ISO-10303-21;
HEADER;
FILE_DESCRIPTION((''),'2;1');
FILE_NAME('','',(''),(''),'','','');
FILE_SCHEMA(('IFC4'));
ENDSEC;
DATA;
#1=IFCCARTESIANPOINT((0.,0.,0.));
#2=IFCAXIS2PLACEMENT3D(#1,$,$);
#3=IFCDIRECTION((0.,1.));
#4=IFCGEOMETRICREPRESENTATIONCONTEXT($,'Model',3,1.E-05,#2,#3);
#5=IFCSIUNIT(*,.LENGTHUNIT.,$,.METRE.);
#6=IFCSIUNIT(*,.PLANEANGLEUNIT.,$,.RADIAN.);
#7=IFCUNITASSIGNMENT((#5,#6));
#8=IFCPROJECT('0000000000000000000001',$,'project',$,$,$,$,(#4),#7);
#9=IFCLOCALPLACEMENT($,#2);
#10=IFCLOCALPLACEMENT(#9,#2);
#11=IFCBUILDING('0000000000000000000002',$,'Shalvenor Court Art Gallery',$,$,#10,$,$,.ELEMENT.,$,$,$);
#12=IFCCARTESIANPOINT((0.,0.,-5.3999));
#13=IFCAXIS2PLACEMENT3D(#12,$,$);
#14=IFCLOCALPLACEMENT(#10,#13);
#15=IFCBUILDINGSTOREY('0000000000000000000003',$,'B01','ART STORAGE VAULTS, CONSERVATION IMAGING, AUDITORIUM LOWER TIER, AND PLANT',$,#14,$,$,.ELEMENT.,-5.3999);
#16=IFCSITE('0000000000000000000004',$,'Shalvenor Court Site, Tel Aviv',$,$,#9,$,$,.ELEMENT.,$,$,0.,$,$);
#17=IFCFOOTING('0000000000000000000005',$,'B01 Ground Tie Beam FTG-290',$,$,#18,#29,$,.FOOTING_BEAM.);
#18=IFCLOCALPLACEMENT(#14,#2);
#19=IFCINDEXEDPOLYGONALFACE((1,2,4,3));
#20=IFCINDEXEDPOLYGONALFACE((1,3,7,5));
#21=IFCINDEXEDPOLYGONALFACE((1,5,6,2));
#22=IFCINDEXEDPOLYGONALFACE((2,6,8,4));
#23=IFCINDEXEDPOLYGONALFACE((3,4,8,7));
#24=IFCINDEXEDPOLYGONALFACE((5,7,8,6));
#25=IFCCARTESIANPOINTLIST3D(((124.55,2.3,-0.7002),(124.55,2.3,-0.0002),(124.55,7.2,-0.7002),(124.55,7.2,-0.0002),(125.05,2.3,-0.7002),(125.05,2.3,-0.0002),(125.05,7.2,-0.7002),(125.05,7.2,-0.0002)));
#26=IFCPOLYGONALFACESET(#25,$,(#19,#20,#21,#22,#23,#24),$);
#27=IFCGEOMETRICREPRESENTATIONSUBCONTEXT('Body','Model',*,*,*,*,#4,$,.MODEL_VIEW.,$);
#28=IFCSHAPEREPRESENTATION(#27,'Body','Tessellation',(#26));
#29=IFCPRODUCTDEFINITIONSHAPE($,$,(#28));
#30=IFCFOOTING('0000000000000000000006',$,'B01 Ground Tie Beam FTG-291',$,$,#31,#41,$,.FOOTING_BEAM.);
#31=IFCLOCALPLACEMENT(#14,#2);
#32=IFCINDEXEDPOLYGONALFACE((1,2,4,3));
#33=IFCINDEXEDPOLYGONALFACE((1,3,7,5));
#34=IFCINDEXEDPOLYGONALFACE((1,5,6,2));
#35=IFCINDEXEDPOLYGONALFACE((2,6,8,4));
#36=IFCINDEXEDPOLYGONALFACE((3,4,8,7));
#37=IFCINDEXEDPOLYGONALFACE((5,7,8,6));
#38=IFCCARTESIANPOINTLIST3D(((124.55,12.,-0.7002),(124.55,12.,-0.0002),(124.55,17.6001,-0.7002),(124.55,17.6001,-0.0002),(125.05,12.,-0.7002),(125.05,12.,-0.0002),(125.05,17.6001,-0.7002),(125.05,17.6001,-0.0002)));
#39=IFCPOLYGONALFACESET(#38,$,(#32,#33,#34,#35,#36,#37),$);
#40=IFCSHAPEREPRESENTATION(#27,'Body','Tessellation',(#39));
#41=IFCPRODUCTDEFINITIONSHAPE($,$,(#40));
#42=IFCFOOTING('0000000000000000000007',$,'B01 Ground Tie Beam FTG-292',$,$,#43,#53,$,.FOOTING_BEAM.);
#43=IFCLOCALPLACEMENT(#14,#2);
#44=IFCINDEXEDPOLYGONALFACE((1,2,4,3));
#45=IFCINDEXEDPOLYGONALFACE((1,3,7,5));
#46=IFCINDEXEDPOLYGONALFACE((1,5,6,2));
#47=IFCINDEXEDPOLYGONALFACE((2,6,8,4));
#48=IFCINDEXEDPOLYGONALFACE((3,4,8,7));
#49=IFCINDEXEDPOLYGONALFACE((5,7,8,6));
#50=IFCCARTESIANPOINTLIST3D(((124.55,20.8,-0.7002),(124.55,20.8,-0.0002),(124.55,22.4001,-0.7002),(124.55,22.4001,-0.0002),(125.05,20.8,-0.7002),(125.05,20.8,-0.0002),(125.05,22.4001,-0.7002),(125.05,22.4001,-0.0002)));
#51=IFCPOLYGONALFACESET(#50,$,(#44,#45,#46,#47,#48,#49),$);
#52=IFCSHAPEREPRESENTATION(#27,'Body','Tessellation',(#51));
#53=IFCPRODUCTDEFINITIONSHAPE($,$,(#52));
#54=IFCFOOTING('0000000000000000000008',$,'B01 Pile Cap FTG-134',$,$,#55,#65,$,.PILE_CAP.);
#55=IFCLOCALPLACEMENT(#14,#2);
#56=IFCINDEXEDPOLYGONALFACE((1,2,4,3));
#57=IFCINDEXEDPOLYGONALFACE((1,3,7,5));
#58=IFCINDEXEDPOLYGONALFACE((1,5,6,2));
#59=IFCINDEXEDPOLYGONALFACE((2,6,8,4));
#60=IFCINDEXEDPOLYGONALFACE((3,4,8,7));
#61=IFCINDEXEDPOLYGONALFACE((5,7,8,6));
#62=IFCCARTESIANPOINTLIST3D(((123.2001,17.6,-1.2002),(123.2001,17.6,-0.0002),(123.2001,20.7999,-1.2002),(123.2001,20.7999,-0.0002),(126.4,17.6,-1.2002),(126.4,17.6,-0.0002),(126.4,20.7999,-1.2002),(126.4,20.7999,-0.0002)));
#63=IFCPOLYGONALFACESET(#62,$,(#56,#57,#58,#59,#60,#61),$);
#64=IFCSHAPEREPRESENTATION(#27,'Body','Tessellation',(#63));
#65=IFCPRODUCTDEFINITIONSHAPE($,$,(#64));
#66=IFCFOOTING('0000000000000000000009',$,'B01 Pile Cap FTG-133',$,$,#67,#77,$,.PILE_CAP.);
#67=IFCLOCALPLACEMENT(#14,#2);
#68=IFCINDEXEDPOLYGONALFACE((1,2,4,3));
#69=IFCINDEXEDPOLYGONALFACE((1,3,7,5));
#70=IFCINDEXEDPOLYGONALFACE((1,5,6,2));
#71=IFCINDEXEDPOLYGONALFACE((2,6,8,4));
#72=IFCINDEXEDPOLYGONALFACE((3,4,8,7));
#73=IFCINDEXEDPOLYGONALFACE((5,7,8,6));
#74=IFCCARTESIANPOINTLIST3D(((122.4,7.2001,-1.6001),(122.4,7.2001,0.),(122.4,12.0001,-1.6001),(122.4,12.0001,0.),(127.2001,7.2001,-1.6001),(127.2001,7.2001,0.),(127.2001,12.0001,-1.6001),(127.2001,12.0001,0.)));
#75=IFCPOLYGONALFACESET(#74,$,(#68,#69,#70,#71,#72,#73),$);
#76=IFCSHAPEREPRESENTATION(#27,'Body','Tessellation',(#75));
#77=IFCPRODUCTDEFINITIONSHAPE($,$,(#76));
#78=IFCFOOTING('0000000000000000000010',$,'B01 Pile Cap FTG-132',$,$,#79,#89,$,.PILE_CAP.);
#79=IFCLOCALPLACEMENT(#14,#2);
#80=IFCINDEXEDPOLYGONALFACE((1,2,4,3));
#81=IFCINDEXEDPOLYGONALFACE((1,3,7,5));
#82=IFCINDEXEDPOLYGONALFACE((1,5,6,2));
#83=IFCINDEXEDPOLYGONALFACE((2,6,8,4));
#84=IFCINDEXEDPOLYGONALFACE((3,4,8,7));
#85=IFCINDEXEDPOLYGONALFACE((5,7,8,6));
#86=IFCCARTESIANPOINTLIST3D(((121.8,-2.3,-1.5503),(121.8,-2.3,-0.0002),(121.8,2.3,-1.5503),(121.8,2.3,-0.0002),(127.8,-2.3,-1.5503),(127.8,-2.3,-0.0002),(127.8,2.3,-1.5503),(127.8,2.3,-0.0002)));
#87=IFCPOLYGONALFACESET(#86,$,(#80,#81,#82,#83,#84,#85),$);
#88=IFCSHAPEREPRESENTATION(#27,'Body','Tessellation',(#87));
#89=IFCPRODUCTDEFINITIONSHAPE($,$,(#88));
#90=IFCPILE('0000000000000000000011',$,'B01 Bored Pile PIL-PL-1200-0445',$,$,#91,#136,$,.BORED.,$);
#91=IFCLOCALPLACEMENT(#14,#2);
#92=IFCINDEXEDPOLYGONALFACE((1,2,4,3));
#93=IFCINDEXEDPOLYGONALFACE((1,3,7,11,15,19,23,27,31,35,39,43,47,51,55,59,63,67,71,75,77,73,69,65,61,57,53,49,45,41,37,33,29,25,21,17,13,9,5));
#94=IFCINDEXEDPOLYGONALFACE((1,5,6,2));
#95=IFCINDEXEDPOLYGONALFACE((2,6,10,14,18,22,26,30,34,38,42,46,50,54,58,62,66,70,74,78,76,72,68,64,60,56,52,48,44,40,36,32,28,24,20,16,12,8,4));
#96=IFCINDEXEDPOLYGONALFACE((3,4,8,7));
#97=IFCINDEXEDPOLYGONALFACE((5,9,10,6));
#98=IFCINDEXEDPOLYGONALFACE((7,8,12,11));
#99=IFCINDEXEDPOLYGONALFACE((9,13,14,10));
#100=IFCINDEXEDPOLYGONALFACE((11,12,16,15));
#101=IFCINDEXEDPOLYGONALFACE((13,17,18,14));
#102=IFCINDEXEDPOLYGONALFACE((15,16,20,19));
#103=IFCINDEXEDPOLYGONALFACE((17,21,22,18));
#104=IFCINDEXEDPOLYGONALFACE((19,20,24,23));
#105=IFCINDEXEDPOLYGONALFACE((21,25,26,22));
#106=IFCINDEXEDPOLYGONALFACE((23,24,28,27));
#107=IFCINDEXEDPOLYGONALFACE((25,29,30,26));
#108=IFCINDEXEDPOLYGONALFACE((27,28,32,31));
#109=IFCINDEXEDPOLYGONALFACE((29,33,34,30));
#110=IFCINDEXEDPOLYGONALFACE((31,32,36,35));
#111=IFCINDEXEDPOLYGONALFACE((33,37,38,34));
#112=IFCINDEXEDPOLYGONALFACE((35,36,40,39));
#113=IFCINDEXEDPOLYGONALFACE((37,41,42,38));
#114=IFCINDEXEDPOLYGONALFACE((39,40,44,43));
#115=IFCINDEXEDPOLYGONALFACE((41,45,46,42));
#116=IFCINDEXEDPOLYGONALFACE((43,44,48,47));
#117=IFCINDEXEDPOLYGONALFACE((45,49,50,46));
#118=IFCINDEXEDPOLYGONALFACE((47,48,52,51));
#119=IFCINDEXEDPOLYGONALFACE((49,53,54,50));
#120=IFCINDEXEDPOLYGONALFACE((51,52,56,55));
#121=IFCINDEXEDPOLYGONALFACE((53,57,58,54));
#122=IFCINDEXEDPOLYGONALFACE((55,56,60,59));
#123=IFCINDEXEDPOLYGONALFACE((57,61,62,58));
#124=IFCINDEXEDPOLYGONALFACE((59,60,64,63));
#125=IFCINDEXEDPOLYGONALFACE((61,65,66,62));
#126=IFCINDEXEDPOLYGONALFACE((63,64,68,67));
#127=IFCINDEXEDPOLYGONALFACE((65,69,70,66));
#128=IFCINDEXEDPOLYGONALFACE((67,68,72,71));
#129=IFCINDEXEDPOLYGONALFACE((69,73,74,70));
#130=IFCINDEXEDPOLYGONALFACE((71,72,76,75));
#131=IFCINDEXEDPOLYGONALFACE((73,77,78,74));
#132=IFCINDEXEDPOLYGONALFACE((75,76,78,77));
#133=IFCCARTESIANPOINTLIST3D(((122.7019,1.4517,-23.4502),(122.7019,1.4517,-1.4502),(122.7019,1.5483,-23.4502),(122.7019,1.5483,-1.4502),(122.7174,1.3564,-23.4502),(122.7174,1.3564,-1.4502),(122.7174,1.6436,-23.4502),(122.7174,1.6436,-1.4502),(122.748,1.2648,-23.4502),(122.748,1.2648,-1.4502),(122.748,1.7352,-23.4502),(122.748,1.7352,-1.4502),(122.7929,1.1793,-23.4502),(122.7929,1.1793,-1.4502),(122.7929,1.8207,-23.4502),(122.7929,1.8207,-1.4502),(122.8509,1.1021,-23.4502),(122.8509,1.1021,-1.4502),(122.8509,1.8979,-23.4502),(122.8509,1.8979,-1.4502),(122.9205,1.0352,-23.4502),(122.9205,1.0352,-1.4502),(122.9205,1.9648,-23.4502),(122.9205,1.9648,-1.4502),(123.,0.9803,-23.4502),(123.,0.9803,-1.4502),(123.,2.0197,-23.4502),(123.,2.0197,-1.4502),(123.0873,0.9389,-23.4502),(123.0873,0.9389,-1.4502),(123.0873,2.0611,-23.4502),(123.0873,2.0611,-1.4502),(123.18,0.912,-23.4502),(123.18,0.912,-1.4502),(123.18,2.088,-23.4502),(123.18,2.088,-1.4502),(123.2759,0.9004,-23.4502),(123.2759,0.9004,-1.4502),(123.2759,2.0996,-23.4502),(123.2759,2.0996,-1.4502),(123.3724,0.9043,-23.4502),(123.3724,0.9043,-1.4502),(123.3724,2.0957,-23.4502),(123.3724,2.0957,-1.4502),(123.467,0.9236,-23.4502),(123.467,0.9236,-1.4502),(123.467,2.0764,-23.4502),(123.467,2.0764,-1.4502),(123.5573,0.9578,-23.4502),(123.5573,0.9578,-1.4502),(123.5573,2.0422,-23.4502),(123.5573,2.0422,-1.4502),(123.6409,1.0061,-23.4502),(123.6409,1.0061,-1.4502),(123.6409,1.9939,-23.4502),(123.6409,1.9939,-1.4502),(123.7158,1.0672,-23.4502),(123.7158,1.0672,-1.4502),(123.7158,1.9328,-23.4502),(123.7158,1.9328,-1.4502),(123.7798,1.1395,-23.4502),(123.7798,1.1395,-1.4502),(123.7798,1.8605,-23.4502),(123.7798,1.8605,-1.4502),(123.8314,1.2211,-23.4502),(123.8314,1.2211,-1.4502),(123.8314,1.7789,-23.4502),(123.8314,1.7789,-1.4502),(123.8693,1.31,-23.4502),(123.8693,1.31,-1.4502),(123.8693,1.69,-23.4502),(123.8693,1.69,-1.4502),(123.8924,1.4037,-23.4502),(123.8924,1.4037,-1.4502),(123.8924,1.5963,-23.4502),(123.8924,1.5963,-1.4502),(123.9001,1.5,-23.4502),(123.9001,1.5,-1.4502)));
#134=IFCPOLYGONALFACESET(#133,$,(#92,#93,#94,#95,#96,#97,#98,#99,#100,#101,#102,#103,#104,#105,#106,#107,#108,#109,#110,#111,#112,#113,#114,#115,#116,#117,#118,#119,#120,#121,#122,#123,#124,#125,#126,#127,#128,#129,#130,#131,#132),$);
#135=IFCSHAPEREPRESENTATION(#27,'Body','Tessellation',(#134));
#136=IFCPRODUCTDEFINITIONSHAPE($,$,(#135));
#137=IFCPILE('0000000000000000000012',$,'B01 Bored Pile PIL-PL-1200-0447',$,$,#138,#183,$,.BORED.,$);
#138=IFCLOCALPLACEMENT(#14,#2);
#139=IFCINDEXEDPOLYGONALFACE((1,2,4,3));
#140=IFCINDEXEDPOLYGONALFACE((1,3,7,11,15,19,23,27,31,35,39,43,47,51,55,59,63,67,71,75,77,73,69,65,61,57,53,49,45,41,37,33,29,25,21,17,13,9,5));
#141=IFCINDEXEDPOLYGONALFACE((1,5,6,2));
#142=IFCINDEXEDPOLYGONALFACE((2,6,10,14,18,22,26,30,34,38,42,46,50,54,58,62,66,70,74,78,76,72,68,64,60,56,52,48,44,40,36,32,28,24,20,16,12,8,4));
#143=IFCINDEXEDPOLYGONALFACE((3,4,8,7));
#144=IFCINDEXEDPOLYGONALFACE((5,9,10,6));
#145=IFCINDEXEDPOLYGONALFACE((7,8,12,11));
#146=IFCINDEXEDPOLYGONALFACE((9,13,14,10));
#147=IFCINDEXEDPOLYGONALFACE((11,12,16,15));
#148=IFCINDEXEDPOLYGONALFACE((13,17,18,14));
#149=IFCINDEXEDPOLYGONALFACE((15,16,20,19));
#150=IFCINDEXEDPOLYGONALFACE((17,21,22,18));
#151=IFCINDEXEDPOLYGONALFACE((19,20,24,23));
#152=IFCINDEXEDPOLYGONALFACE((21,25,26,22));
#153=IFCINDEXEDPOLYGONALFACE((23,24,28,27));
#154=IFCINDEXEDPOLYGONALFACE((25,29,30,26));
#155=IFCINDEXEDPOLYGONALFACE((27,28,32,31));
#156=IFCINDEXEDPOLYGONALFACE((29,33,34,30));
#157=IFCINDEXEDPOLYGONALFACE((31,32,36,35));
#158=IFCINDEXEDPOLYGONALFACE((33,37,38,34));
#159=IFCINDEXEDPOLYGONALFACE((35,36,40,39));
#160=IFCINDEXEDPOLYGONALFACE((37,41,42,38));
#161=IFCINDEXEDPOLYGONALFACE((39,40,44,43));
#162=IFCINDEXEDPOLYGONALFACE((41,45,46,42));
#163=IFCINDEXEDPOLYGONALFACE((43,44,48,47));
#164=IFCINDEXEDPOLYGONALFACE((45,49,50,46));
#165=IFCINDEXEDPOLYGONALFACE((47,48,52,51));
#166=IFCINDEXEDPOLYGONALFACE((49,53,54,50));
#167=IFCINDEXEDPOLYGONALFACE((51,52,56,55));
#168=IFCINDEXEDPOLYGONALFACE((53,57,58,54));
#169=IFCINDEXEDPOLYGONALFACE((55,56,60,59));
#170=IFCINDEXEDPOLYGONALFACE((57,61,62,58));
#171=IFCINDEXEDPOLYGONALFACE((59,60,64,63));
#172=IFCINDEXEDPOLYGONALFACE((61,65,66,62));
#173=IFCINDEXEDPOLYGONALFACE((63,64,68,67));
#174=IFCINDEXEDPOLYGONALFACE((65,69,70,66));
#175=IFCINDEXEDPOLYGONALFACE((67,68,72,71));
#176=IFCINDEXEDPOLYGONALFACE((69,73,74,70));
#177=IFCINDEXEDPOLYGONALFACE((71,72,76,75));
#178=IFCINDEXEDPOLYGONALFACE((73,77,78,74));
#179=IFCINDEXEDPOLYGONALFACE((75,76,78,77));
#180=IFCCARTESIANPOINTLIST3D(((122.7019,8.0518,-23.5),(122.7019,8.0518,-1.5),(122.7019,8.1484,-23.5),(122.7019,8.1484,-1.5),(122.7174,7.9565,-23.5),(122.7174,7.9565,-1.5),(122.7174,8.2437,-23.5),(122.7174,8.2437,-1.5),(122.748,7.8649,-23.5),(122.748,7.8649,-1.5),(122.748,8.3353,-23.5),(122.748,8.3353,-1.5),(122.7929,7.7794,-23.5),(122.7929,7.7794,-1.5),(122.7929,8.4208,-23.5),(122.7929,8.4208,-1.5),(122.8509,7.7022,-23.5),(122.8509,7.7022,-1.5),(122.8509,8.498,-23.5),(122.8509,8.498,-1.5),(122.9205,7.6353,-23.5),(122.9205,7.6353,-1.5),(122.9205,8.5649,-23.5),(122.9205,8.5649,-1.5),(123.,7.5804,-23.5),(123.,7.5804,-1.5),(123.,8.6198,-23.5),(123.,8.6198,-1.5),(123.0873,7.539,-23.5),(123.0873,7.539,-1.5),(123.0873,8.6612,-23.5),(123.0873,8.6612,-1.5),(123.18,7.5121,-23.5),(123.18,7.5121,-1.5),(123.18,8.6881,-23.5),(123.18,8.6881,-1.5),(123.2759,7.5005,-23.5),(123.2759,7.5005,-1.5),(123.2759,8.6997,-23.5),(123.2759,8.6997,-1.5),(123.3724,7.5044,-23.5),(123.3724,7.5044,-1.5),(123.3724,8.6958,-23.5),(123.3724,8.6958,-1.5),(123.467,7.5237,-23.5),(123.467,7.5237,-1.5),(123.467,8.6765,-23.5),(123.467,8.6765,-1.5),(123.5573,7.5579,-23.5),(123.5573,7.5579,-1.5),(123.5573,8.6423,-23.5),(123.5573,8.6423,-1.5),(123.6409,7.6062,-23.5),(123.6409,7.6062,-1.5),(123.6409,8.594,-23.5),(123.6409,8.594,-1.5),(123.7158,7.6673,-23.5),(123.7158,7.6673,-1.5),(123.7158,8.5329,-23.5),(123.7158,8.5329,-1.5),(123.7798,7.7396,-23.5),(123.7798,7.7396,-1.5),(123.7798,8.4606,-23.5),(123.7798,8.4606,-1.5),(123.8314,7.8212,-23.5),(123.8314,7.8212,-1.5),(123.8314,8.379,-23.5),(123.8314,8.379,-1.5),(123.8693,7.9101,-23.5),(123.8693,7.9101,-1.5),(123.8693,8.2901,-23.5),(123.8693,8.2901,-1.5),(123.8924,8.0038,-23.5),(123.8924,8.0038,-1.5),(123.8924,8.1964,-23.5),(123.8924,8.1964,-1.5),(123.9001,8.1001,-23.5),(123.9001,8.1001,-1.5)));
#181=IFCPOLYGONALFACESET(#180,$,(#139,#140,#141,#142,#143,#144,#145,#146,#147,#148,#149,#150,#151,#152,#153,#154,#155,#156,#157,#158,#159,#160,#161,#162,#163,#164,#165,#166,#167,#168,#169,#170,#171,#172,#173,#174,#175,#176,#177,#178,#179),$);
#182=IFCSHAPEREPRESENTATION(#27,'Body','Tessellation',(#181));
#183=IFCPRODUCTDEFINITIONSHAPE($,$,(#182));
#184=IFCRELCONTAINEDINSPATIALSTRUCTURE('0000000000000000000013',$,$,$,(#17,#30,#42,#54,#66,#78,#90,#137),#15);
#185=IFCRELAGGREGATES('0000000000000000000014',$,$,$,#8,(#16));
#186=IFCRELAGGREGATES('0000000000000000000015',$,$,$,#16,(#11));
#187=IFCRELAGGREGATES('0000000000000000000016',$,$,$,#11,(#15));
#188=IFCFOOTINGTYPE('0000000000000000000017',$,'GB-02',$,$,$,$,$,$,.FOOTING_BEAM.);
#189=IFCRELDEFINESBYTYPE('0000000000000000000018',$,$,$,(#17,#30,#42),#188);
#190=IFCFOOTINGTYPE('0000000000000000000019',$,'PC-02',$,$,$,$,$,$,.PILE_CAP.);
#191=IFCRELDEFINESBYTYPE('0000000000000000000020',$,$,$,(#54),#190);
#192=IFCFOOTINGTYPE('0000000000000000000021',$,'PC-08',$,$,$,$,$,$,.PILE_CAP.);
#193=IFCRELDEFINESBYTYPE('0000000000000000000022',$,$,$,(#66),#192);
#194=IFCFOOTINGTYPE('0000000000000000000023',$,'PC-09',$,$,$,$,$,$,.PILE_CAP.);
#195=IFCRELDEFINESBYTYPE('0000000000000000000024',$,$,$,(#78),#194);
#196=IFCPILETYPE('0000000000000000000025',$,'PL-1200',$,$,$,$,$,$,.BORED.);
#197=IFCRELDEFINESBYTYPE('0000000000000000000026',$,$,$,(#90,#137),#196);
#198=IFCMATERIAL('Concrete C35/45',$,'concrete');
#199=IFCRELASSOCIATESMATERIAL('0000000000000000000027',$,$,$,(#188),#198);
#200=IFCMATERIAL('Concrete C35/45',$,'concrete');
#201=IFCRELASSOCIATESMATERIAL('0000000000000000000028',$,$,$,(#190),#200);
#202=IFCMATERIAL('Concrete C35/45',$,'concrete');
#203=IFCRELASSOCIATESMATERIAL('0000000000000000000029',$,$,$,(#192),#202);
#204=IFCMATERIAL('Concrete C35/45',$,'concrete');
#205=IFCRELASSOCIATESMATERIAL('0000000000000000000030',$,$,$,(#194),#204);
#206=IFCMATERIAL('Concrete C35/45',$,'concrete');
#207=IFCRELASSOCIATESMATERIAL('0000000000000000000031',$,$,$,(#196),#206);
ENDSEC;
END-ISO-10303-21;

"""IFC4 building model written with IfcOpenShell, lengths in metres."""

from ifc_helpers import new_model, si_unit, direction, frame, origin, origin_2d, place, context, subcontext, project, spatial, rectangle, circle, extrude, material, material_profile, profile_set, type_object, element, save


model = new_model("IFC4")

# Units and contexts
model_context = context("Model", 3, precision=1e-05, world=origin(), true_north=direction((0.0, 1.0)))
body_context = subcontext(model_context, "Body", "Model", "MODEL_VIEW")
ifc_project = project(units=[si_unit("LENGTHUNIT", "METRE"), si_unit("PLANEANGLEUNIT", "RADIAN")], contexts=[model_context])

# Site, building, storey
site_placement = place(None, origin())
site = spatial("IfcSite", under=ifc_project, at=site_placement, Name="Shalvenor Court Site, Tel Aviv", CompositionType="ELEMENT", RefElevation=0.0)
building_placement = place(site_placement, origin())
building = spatial("IfcBuilding", under=site, at=building_placement, Name="Shalvenor Court Art Gallery", CompositionType="ELEMENT")
storey_placement = place(building_placement, frame((0.0, 0.0, -5.3999)))
storey = spatial("IfcBuildingStorey", under=building, at=storey_placement, Name="B01", Description="ART STORAGE VAULTS, CONSERVATION IMAGING, AUDITORIUM LOWER TIER, AND PLANT", CompositionType="ELEMENT", Elevation=-5.3999)

# Footings
ifc_material_1 = material(Name="Concrete C35/45", Category="concrete")
footing_type_1 = type_object("IfcFootingType", Name="GB-02", PredefinedType="FOOTING_BEAM", material=ifc_material_1)
footing_1_placement = place(storey_placement, frame((124.8, 4.75, -0.7002), z_axis=(0.0, 0.0, 1.0), x_axis=(0.0, 1.0, 0.0)))
element("IfcFooting", 1, at=footing_1_placement, inside=storey, type_object=footing_type_1, Name="B01 Ground Tie Beam FTG-290", PredefinedType="FOOTING_BEAM", context=body_context, shape_type="SweptSolid", body=[
    extrude(rectangle(XDim=4.8999, YDim=0.5, at=origin_2d()), origin(), (0.0, 0.0, 1.0), 0.7),
])
footing_2_placement = place(storey_placement, frame((124.8, 14.8, -0.7002), z_axis=(0.0, 0.0, 1.0), x_axis=(0.0, 1.0, 0.0)))
element("IfcFooting", 2, at=footing_2_placement, inside=storey, type_object=footing_type_1, Name="B01 Ground Tie Beam FTG-291", PredefinedType="FOOTING_BEAM", context=body_context, shape_type="SweptSolid", body=[
    extrude(rectangle(XDim=5.6001, YDim=0.5, at=origin_2d()), origin(), (0.0, 0.0, 1.0), 0.7),
])
footing_3_placement = place(storey_placement, frame((124.8, 21.6001, -0.7002), z_axis=(0.0, 0.0, 1.0), x_axis=(0.0, 1.0, 0.0)))
element("IfcFooting", 3, at=footing_3_placement, inside=storey, type_object=footing_type_1, Name="B01 Ground Tie Beam FTG-292", PredefinedType="FOOTING_BEAM", context=body_context, shape_type="SweptSolid", body=[
    extrude(rectangle(XDim=1.6001, YDim=0.5, at=origin_2d()), origin(), (0.0, 0.0, 1.0), 0.7),
])
ifc_material_2 = material(Name="Concrete C35/45", Category="concrete")
footing_type_2 = type_object("IfcFootingType", Name="PC-02", PredefinedType="PILE_CAP", material=ifc_material_2)
footing_4_placement = place(storey_placement, frame((124.8, 19.2, -1.2002), z_axis=(0.0, 0.0, 1.0), x_axis=(1.0, 0.0, 0.0)))
element("IfcFooting", 4, at=footing_4_placement, inside=storey, type_object=footing_type_2, Name="B01 Pile Cap FTG-134", PredefinedType="PILE_CAP", context=body_context, shape_type="SweptSolid", body=[
    extrude(rectangle(XDim=3.2, YDim=3.2, at=origin_2d()), origin(), (0.0, 0.0, 1.0), 1.2),
])
ifc_material_3 = material(Name="Concrete C35/45", Category="concrete")
footing_type_3 = type_object("IfcFootingType", Name="PC-08", PredefinedType="PILE_CAP", material=ifc_material_3)
footing_5_placement = place(storey_placement, frame((124.8, 9.6001, -1.6001), z_axis=(0.0, 0.0, 1.0), x_axis=(1.0, 0.0, 0.0)))
element("IfcFooting", 5, at=footing_5_placement, inside=storey, type_object=footing_type_3, Name="B01 Pile Cap FTG-133", PredefinedType="PILE_CAP", context=body_context, shape_type="SweptSolid", body=[
    extrude(rectangle(XDim=4.8, YDim=4.8, at=origin_2d()), origin(), (0.0, 0.0, 1.0), 1.6001),
])
ifc_material_4 = material(Name="Concrete C35/45", Category="concrete")
footing_type_4 = type_object("IfcFootingType", Name="PC-09", PredefinedType="PILE_CAP", material=ifc_material_4)
footing_6_placement = place(storey_placement, frame((124.8, 0.0, -1.5503), z_axis=(0.0, 0.0, 1.0), x_axis=(1.0, 0.0, 0.0)))
element("IfcFooting", 6, at=footing_6_placement, inside=storey, type_object=footing_type_4, Name="B01 Pile Cap FTG-132", PredefinedType="PILE_CAP", context=body_context, shape_type="SweptSolid", body=[
    extrude(rectangle(XDim=6.0, YDim=4.6001, at=origin_2d()), origin(), (0.0, 0.0, 1.0), 1.55),
])

# Piles
ifc_material_5 = material(Name="Concrete C35/45", Category="concrete")
ifc_material_profile_1 = material_profile(ifc_material_5, circle(Radius=0.6001, at=origin_2d()), Name="PILE 1200")
ifc_profile_set_1 = profile_set([ifc_material_profile_1], Name="Concrete C35/45")
pile_type_1 = type_object("IfcPileType", Name="PL-1200", PredefinedType="BORED", material=ifc_profile_set_1)
for number, where, z_axis, x_axis, name in (
    (7, (123.3, 1.5, -1.4502), (0.0, 0.0, -1.0), (1.0, 0.0, 0.0), "B01 Bored Pile PIL-PL-1200-0445"),
    (8, (123.3, 8.1001, -1.5), (0.0, 0.0, -1.0), (1.0, 0.0, 0.0), "B01 Bored Pile PIL-PL-1200-0447"),
):
    element("IfcPile", number, at=place(storey_placement, frame(where, z_axis=z_axis, x_axis=x_axis)), inside=storey, type_object=pile_type_1, Name=name, PredefinedType="BORED", context=body_context, shape_type="SweptSolid", body=[
        extrude(circle(Radius=0.6001, at=origin_2d()), origin(), (0.0, 0.0, 1.0), 22.0),
    ])

save(model, "model.ifc")
